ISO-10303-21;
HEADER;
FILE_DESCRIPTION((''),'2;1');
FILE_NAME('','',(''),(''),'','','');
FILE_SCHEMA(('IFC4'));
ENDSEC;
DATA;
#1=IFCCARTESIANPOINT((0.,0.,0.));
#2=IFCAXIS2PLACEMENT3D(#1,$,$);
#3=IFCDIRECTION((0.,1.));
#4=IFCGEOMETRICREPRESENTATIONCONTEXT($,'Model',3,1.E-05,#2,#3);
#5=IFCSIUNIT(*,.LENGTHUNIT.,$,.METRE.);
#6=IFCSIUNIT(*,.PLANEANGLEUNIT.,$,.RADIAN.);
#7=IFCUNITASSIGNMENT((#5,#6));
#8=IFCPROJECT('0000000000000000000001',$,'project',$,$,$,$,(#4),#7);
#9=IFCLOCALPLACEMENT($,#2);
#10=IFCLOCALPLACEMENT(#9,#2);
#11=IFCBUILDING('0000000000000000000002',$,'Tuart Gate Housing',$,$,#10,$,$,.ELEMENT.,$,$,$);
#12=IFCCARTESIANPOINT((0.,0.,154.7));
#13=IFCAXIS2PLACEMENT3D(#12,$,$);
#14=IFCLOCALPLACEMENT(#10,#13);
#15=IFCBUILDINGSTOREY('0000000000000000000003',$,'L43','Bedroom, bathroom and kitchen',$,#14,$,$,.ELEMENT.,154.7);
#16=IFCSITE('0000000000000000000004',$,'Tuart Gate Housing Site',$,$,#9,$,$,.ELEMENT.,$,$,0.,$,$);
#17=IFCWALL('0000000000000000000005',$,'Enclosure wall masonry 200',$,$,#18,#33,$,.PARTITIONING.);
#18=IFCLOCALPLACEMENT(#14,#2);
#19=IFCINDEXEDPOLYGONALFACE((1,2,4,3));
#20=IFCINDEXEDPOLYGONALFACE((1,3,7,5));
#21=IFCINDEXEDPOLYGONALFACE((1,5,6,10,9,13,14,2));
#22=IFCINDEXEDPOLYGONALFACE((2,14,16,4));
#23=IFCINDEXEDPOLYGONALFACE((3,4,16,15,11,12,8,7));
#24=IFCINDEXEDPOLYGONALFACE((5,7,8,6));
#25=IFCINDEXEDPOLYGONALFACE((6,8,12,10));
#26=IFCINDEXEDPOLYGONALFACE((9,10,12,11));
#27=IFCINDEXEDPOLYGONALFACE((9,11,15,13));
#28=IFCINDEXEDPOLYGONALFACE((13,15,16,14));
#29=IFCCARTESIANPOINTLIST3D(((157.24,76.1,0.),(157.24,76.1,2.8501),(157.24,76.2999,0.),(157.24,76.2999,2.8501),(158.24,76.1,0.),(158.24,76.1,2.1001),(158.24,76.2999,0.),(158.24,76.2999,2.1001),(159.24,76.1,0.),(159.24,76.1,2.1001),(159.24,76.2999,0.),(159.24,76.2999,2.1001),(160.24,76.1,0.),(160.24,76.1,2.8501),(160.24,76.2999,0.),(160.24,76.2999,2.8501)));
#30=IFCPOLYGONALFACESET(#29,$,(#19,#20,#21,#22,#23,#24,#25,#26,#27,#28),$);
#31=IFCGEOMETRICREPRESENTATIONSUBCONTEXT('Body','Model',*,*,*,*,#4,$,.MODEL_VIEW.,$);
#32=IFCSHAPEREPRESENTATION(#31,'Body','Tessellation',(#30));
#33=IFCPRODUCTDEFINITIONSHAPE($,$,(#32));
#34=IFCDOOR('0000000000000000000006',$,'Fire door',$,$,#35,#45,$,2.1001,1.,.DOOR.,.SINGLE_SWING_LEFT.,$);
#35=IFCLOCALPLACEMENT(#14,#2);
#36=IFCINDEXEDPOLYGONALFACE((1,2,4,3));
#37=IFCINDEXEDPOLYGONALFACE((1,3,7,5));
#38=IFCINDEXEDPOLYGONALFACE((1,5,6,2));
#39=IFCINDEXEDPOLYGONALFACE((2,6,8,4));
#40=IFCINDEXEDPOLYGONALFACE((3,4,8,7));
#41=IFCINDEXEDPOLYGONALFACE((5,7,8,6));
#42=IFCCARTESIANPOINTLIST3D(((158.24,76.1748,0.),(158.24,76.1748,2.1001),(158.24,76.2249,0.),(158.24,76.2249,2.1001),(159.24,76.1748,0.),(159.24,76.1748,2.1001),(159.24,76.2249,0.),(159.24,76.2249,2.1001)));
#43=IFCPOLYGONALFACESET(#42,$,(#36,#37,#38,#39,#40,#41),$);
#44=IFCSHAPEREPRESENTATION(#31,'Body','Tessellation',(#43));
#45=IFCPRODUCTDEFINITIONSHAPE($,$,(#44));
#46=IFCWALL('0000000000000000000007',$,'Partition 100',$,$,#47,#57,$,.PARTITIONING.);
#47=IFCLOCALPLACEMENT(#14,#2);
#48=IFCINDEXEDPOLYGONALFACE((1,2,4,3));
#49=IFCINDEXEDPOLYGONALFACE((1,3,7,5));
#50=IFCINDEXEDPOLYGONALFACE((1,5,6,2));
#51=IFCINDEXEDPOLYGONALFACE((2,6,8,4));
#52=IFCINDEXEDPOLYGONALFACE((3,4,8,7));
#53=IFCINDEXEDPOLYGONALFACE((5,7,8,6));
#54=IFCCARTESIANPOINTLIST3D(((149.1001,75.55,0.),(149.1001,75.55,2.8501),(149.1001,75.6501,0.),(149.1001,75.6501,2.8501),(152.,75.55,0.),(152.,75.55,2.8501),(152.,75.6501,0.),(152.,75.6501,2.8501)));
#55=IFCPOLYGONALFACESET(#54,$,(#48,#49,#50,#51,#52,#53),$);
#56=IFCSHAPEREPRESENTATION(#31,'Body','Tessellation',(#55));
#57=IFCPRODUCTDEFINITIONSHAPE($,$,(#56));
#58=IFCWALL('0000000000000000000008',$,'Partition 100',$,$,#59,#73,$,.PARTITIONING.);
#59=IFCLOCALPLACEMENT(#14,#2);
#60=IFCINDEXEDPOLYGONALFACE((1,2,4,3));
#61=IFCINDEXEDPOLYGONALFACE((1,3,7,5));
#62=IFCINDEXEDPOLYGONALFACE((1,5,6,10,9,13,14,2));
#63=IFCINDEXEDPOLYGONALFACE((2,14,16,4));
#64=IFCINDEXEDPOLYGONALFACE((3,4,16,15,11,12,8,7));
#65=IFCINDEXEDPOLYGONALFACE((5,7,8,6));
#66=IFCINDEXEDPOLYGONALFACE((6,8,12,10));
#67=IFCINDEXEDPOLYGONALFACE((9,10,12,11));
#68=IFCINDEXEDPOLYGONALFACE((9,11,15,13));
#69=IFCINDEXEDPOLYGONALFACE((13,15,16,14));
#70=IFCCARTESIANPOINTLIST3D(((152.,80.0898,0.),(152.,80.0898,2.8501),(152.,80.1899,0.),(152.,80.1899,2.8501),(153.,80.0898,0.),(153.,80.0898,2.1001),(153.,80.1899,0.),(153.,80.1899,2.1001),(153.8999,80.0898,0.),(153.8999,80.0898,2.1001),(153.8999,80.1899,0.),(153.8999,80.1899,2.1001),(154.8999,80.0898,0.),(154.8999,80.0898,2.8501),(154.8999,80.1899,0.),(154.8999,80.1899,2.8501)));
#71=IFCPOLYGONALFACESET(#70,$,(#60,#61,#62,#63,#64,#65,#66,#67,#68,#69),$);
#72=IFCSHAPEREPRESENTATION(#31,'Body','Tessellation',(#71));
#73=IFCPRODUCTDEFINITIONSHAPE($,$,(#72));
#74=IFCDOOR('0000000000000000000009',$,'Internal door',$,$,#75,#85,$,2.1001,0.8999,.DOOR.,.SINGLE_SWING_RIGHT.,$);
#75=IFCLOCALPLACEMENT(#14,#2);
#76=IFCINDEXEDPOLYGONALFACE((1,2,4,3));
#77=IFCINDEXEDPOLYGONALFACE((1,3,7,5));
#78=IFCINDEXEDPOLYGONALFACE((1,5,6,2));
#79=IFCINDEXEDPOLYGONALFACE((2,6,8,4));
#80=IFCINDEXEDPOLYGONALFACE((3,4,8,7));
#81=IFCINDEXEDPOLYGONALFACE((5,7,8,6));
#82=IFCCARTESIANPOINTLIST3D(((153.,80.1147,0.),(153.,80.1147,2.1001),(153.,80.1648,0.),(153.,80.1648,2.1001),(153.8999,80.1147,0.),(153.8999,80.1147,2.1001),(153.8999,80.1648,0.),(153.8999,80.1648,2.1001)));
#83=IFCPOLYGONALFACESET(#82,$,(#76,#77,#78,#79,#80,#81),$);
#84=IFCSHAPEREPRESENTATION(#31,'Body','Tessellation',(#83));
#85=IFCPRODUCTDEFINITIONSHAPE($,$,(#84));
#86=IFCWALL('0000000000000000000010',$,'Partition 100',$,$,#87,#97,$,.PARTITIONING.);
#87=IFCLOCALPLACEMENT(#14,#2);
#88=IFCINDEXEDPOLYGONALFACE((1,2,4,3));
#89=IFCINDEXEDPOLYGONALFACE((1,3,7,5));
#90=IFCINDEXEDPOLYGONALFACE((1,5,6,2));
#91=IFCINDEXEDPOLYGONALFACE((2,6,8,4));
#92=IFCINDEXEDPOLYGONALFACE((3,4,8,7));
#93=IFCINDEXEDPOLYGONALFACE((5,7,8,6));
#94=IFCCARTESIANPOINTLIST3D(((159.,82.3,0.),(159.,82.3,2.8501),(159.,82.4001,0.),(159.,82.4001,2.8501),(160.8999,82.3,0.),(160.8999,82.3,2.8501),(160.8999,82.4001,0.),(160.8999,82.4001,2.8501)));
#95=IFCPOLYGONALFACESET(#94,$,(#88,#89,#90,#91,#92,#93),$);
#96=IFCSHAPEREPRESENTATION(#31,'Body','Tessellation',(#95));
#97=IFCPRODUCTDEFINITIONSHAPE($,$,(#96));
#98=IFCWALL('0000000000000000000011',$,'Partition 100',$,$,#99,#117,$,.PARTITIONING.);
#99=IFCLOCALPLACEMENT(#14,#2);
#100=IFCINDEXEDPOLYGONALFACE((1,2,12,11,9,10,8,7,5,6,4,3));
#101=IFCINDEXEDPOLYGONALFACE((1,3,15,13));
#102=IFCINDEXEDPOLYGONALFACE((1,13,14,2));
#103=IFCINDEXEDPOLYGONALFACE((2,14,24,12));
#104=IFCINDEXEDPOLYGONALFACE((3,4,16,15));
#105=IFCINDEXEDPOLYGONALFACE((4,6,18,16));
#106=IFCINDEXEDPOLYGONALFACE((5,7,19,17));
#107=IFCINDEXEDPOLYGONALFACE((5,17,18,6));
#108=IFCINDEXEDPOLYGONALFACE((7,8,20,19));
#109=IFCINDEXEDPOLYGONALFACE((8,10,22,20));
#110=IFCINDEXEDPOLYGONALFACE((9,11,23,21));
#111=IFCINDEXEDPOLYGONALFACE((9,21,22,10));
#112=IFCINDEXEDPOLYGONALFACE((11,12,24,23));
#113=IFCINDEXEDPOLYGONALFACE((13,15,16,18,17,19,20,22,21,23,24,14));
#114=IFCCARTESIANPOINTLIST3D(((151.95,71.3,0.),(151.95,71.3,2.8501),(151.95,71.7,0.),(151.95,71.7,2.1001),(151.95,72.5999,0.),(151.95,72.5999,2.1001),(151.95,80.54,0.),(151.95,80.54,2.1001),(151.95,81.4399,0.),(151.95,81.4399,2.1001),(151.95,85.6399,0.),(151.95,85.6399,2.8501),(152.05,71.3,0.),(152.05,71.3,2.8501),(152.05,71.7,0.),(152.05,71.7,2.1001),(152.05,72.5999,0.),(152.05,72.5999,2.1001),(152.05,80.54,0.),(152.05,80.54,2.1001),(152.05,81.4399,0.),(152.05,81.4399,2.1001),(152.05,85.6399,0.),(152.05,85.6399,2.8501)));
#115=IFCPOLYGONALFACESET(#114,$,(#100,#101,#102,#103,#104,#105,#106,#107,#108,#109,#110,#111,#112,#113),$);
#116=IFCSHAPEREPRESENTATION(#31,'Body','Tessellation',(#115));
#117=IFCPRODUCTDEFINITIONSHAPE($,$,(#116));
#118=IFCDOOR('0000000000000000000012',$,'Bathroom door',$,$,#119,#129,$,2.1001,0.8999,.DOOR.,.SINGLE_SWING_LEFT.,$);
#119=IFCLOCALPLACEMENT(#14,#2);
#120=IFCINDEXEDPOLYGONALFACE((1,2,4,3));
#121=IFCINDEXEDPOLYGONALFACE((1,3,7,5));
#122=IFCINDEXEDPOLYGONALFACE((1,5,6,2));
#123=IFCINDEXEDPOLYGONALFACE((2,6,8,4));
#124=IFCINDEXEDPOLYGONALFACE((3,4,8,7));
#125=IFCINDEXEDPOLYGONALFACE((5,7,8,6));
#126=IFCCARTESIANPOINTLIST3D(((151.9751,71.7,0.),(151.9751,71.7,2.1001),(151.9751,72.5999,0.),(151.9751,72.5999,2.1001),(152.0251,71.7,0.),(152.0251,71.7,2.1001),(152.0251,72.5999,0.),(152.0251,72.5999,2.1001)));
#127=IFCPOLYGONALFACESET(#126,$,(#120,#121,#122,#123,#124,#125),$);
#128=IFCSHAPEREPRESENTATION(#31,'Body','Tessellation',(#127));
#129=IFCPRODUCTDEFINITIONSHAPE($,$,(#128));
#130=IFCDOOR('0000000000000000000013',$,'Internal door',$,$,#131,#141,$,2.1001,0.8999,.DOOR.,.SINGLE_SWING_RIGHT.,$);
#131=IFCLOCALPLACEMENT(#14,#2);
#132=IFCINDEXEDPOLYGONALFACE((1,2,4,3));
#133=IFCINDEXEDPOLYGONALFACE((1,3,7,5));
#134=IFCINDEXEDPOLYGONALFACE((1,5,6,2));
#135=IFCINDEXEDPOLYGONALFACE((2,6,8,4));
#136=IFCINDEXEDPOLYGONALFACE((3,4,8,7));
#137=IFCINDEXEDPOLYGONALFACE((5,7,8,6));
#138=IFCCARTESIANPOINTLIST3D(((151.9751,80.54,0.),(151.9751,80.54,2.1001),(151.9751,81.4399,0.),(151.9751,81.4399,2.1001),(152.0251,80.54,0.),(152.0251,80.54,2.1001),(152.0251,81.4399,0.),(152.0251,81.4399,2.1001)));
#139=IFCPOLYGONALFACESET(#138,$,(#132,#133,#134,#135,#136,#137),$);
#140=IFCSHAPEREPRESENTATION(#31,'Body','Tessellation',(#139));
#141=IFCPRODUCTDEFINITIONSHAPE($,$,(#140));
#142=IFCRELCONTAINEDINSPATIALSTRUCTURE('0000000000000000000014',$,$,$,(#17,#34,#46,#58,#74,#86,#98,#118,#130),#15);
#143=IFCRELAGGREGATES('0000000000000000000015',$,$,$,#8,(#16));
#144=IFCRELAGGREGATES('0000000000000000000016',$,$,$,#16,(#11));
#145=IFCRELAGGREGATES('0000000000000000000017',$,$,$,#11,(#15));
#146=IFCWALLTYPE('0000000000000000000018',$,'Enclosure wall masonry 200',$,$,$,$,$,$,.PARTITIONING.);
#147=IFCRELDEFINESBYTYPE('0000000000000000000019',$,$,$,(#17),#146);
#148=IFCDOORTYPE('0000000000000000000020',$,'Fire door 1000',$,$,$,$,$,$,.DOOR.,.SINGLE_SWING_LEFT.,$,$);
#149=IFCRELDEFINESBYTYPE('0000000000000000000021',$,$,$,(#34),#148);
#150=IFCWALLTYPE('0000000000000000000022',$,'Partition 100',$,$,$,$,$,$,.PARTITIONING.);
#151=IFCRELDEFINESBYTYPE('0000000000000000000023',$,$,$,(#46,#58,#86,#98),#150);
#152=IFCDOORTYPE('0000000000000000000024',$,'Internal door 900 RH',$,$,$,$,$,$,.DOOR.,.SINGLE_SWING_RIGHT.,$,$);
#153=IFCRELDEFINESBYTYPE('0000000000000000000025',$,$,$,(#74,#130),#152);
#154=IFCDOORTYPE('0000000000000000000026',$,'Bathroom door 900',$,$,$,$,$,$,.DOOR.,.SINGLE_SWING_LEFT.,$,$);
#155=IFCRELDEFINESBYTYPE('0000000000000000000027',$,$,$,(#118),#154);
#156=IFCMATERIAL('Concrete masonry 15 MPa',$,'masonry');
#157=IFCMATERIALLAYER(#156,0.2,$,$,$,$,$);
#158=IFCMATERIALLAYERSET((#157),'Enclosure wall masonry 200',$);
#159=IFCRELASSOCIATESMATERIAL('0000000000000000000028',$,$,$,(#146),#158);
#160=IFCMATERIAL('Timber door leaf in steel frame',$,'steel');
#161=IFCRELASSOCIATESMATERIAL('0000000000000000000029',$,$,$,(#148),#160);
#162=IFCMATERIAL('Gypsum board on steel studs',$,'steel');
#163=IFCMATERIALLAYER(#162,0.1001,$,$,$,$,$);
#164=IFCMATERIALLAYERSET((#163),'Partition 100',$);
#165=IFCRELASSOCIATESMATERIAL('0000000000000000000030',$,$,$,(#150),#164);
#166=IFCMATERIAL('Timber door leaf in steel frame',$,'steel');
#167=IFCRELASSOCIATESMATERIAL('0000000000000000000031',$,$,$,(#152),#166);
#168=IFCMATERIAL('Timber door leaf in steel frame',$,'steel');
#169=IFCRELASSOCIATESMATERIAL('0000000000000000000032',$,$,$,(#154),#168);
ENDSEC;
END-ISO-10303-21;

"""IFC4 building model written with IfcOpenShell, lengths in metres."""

from ifc_helpers import new_model, si_unit, direction, frame, frame_2d, origin, place, context, subcontext, project, spatial, rectangle, extrude, material, layer, layer_set, type_object, element, fill, save


model = new_model("IFC4")

# Units and contexts
model_context = context("Model", 3, precision=1e-05, world=origin(), true_north=direction((0.0, 1.0)))
body_context = subcontext(model_context, "Body", "Model", "MODEL_VIEW")
ifc_project = project(units=[si_unit("LENGTHUNIT", "METRE"), si_unit("PLANEANGLEUNIT", "RADIAN")], contexts=[model_context])

# Site, building, storey
site_placement = place(None, origin())
site = spatial("IfcSite", under=ifc_project, at=site_placement, Name="Tuart Gate Housing Site", CompositionType="ELEMENT", RefElevation=0.0)
building_placement = place(site_placement, origin())
building = spatial("IfcBuilding", under=site, at=building_placement, Name="Tuart Gate Housing", CompositionType="ELEMENT")
storey_placement = place(building_placement, frame((0.0, 0.0, 154.7)))
storey = spatial("IfcBuildingStorey", under=building, at=storey_placement, Name="L43", Description="Bedroom, bathroom and kitchen", CompositionType="ELEMENT", Elevation=154.7)

# Wall, opening, door
ifc_material_1 = material(Name="Concrete masonry 15 MPa", Category="masonry")
ifc_layer_1 = layer(ifc_material_1, 0.2)
ifc_layer_set_1 = layer_set([ifc_layer_1], Name="Enclosure wall masonry 200")
wall_type_1 = type_object("IfcWallType", Name="Enclosure wall masonry 200", PredefinedType="PARTITIONING", material=ifc_layer_set_1)
wall_1_placement = place(storey_placement, frame((157.24, 76.2, 0.0), z_axis=(0.0, 0.0, 1.0), x_axis=(1.0, 0.0, 0.0)))
wall_1 = element("IfcWall", 1, at=wall_1_placement, inside=storey, type_object=wall_type_1, Name="Enclosure wall masonry 200", PredefinedType="PARTITIONING", context=body_context, shape_type="SweptSolid", body=[
    extrude(rectangle(XDim=3.0, YDim=0.2, at=frame_2d((1.5, 0.0))), origin(), (0.0, 0.0, 1.0), 2.8501),
])
opening_1_placement = place(wall_1_placement, frame((1.0, 0.0, 0.0)))
opening_1 = element("IfcOpeningElement", 2, at=opening_1_placement, cuts=wall_1, PredefinedType="OPENING", context=body_context, shape_type="SweptSolid", body=[
    extrude(rectangle(XDim=1.0, YDim=2.1001, at=frame_2d((0.5, 1.05))), frame((0.0, 0.1099, 0.0), z_axis=(0.0, -1.0, 0.0), x_axis=(1.0, 0.0, 0.0)), (0.0, 0.0, 1.0), 0.22),
])
ifc_material_2 = material(Name="Timber door leaf in steel frame", Category="steel")
door_type_1 = type_object("IfcDoorType", Name="Fire door 1000", OperationType="SINGLE_SWING_LEFT", PredefinedType="DOOR", material=ifc_material_2)
door_1_placement = place(opening_1_placement, origin())
door_1 = element("IfcDoor", 3, at=door_1_placement, inside=storey, type_object=door_type_1, Name="Fire door", OperationType="SINGLE_SWING_LEFT", OverallHeight=2.1001, OverallWidth=1.0, PredefinedType="DOOR", context=body_context, shape_type="SweptSolid", body=[
    extrude(rectangle(XDim=1.0, YDim=2.1001, at=frame_2d((0.5, 1.05))), frame((0.0, 0.0249, 0.0), z_axis=(0.0, -1.0, 0.0), x_axis=(1.0, 0.0, 0.0)), (0.0, 0.0, 1.0), 0.05),
])
fill(opening_1, door_1)

# Wall
ifc_material_3 = material(Name="Gypsum board on steel studs", Category="steel")
ifc_layer_2 = layer(ifc_material_3, 0.1001)
ifc_layer_set_2 = layer_set([ifc_layer_2], Name="Partition 100")
wall_type_2 = type_object("IfcWallType", Name="Partition 100", PredefinedType="PARTITIONING", material=ifc_layer_set_2)
wall_2_placement = place(storey_placement, frame((149.1001, 75.6001, 0.0), z_axis=(0.0, 0.0, 1.0), x_axis=(1.0, 0.0, 0.0)))
element("IfcWall", 4, at=wall_2_placement, inside=storey, type_object=wall_type_2, Name="Partition 100", PredefinedType="PARTITIONING", context=body_context, shape_type="SweptSolid", body=[
    extrude(rectangle(XDim=2.8999, YDim=0.1001, at=frame_2d((1.45, 0.0))), origin(), (0.0, 0.0, 1.0), 2.8501),
])

# Wall, opening, door
wall_3_placement = place(storey_placement, frame((152.0, 80.1399, 0.0), z_axis=(0.0, 0.0, 1.0), x_axis=(1.0, 0.0, 0.0)))
wall_3 = element("IfcWall", 5, at=wall_3_placement, inside=storey, type_object=wall_type_2, Name="Partition 100", PredefinedType="PARTITIONING", context=body_context, shape_type="SweptSolid", body=[
    extrude(rectangle(XDim=2.8999, YDim=0.1001, at=frame_2d((1.45, 0.0))), origin(), (0.0, 0.0, 1.0), 2.8501),
])
opening_2_placement = place(wall_3_placement, frame((1.0, 0.0, 0.0)))
opening_2 = element("IfcOpeningElement", 6, at=opening_2_placement, cuts=wall_3, PredefinedType="OPENING", context=body_context, shape_type="SweptSolid", body=[
    extrude(rectangle(XDim=0.8999, YDim=2.1001, at=frame_2d((0.45, 1.05))), frame((0.0, 0.0601, 0.0), z_axis=(0.0, -1.0, 0.0), x_axis=(1.0, 0.0, 0.0)), (0.0, 0.0, 1.0), 0.1201),
])
ifc_material_4 = material(Name="Timber door leaf in steel frame", Category="steel")
door_type_2 = type_object("IfcDoorType", Name="Internal door 900 RH", OperationType="SINGLE_SWING_RIGHT", PredefinedType="DOOR", material=ifc_material_4)
door_2_placement = place(opening_2_placement, frame((0.8999, 0.0, 0.0), z_axis=(0.0, 0.0, 1.0), x_axis=(-1.0, 0.0, 0.0)))
door_2 = element("IfcDoor", 7, at=door_2_placement, inside=storey, type_object=door_type_2, Name="Internal door", OperationType="SINGLE_SWING_RIGHT", OverallHeight=2.1001, OverallWidth=0.8999, PredefinedType="DOOR", context=body_context, shape_type="SweptSolid", body=[
    extrude(rectangle(XDim=0.8999, YDim=2.1001, at=frame_2d((0.45, 1.05))), frame((0.0, 0.0251, 0.0), z_axis=(0.0, -1.0, 0.0), x_axis=(1.0, 0.0, 0.0)), (0.0, 0.0, 1.0), 0.05),
])
fill(opening_2, door_2)

# Wall
wall_4_placement = place(storey_placement, frame((159.0, 82.3501, 0.0), z_axis=(0.0, 0.0, 1.0), x_axis=(1.0, 0.0, 0.0)))
element("IfcWall", 8, at=wall_4_placement, inside=storey, type_object=wall_type_2, Name="Partition 100", PredefinedType="PARTITIONING", context=body_context, shape_type="SweptSolid", body=[
    extrude(rectangle(XDim=1.8999, YDim=0.1001, at=frame_2d((0.95, 0.0))), origin(), (0.0, 0.0, 1.0), 2.8501),
])

# Wall, openings, doors
wall_5_placement = place(storey_placement, frame((152.0, 71.3, 0.0), z_axis=(0.0, 0.0, 1.0), x_axis=(0.0, 1.0, 0.0)))
wall_5 = element("IfcWall", 9, at=wall_5_placement, inside=storey, type_object=wall_type_2, Name="Partition 100", PredefinedType="PARTITIONING", context=body_context, shape_type="SweptSolid", body=[
    extrude(rectangle(XDim=14.3398, YDim=0.1001, at=frame_2d((7.1699, 0.0))), origin(), (0.0, 0.0, 1.0), 2.8501),
])
opening_3_placement = place(wall_5_placement, frame((9.24, 0.0, 0.0)))
opening_3 = element("IfcOpeningElement", 10, at=opening_3_placement, cuts=wall_5, PredefinedType="OPENING", context=body_context, shape_type="SweptSolid", body=[
    extrude(rectangle(XDim=0.8999, YDim=2.1001, at=frame_2d((0.45, 1.05))), frame((0.0, 0.0601, 0.0), z_axis=(0.0, -1.0, 0.0), x_axis=(1.0, 0.0, 0.0)), (0.0, 0.0, 1.0), 0.1201),
])
opening_4_placement = place(wall_5_placement, frame((0.3999, 0.0, 0.0)))
opening_4 = element("IfcOpeningElement", 11, at=opening_4_placement, cuts=wall_5, PredefinedType="OPENING", context=body_context, shape_type="SweptSolid", body=[
    extrude(rectangle(XDim=0.8999, YDim=2.1001, at=frame_2d((0.45, 1.05))), frame((0.0, 0.0601, 0.0), z_axis=(0.0, -1.0, 0.0), x_axis=(1.0, 0.0, 0.0)), (0.0, 0.0, 1.0), 0.1201),
])
ifc_material_5 = material(Name="Timber door leaf in steel frame", Category="steel")
door_type_3 = type_object("IfcDoorType", Name="Bathroom door 900", OperationType="SINGLE_SWING_LEFT", PredefinedType="DOOR", material=ifc_material_5)
door_3_placement = place(opening_4_placement, origin())
door_3 = element("IfcDoor", 12, at=door_3_placement, inside=storey, type_object=door_type_3, Name="Bathroom door", OperationType="SINGLE_SWING_LEFT", OverallHeight=2.1001, OverallWidth=0.8999, PredefinedType="DOOR", context=body_context, shape_type="SweptSolid", body=[
    extrude(rectangle(XDim=0.8999, YDim=2.1001, at=frame_2d((0.45, 1.05))), frame((0.0, 0.0249, 0.0), z_axis=(0.0, -1.0, 0.0), x_axis=(1.0, 0.0, 0.0)), (0.0, 0.0, 1.0), 0.05),
])
fill(opening_4, door_3)
door_4_placement = place(opening_3_placement, origin())
door_4 = element("IfcDoor", 13, at=door_4_placement, inside=storey, type_object=door_type_2, Name="Internal door", OperationType="SINGLE_SWING_RIGHT", OverallHeight=2.1001, OverallWidth=0.8999, PredefinedType="DOOR", context=body_context, shape_type="SweptSolid", body=[
    extrude(rectangle(XDim=0.8999, YDim=2.1001, at=frame_2d((0.45, 1.05))), frame((0.0, 0.0249, 0.0), z_axis=(0.0, -1.0, 0.0), x_axis=(1.0, 0.0, 0.0)), (0.0, 0.0, 1.0), 0.05),
])
fill(opening_3, door_4)

save(model, "model.ifc")
